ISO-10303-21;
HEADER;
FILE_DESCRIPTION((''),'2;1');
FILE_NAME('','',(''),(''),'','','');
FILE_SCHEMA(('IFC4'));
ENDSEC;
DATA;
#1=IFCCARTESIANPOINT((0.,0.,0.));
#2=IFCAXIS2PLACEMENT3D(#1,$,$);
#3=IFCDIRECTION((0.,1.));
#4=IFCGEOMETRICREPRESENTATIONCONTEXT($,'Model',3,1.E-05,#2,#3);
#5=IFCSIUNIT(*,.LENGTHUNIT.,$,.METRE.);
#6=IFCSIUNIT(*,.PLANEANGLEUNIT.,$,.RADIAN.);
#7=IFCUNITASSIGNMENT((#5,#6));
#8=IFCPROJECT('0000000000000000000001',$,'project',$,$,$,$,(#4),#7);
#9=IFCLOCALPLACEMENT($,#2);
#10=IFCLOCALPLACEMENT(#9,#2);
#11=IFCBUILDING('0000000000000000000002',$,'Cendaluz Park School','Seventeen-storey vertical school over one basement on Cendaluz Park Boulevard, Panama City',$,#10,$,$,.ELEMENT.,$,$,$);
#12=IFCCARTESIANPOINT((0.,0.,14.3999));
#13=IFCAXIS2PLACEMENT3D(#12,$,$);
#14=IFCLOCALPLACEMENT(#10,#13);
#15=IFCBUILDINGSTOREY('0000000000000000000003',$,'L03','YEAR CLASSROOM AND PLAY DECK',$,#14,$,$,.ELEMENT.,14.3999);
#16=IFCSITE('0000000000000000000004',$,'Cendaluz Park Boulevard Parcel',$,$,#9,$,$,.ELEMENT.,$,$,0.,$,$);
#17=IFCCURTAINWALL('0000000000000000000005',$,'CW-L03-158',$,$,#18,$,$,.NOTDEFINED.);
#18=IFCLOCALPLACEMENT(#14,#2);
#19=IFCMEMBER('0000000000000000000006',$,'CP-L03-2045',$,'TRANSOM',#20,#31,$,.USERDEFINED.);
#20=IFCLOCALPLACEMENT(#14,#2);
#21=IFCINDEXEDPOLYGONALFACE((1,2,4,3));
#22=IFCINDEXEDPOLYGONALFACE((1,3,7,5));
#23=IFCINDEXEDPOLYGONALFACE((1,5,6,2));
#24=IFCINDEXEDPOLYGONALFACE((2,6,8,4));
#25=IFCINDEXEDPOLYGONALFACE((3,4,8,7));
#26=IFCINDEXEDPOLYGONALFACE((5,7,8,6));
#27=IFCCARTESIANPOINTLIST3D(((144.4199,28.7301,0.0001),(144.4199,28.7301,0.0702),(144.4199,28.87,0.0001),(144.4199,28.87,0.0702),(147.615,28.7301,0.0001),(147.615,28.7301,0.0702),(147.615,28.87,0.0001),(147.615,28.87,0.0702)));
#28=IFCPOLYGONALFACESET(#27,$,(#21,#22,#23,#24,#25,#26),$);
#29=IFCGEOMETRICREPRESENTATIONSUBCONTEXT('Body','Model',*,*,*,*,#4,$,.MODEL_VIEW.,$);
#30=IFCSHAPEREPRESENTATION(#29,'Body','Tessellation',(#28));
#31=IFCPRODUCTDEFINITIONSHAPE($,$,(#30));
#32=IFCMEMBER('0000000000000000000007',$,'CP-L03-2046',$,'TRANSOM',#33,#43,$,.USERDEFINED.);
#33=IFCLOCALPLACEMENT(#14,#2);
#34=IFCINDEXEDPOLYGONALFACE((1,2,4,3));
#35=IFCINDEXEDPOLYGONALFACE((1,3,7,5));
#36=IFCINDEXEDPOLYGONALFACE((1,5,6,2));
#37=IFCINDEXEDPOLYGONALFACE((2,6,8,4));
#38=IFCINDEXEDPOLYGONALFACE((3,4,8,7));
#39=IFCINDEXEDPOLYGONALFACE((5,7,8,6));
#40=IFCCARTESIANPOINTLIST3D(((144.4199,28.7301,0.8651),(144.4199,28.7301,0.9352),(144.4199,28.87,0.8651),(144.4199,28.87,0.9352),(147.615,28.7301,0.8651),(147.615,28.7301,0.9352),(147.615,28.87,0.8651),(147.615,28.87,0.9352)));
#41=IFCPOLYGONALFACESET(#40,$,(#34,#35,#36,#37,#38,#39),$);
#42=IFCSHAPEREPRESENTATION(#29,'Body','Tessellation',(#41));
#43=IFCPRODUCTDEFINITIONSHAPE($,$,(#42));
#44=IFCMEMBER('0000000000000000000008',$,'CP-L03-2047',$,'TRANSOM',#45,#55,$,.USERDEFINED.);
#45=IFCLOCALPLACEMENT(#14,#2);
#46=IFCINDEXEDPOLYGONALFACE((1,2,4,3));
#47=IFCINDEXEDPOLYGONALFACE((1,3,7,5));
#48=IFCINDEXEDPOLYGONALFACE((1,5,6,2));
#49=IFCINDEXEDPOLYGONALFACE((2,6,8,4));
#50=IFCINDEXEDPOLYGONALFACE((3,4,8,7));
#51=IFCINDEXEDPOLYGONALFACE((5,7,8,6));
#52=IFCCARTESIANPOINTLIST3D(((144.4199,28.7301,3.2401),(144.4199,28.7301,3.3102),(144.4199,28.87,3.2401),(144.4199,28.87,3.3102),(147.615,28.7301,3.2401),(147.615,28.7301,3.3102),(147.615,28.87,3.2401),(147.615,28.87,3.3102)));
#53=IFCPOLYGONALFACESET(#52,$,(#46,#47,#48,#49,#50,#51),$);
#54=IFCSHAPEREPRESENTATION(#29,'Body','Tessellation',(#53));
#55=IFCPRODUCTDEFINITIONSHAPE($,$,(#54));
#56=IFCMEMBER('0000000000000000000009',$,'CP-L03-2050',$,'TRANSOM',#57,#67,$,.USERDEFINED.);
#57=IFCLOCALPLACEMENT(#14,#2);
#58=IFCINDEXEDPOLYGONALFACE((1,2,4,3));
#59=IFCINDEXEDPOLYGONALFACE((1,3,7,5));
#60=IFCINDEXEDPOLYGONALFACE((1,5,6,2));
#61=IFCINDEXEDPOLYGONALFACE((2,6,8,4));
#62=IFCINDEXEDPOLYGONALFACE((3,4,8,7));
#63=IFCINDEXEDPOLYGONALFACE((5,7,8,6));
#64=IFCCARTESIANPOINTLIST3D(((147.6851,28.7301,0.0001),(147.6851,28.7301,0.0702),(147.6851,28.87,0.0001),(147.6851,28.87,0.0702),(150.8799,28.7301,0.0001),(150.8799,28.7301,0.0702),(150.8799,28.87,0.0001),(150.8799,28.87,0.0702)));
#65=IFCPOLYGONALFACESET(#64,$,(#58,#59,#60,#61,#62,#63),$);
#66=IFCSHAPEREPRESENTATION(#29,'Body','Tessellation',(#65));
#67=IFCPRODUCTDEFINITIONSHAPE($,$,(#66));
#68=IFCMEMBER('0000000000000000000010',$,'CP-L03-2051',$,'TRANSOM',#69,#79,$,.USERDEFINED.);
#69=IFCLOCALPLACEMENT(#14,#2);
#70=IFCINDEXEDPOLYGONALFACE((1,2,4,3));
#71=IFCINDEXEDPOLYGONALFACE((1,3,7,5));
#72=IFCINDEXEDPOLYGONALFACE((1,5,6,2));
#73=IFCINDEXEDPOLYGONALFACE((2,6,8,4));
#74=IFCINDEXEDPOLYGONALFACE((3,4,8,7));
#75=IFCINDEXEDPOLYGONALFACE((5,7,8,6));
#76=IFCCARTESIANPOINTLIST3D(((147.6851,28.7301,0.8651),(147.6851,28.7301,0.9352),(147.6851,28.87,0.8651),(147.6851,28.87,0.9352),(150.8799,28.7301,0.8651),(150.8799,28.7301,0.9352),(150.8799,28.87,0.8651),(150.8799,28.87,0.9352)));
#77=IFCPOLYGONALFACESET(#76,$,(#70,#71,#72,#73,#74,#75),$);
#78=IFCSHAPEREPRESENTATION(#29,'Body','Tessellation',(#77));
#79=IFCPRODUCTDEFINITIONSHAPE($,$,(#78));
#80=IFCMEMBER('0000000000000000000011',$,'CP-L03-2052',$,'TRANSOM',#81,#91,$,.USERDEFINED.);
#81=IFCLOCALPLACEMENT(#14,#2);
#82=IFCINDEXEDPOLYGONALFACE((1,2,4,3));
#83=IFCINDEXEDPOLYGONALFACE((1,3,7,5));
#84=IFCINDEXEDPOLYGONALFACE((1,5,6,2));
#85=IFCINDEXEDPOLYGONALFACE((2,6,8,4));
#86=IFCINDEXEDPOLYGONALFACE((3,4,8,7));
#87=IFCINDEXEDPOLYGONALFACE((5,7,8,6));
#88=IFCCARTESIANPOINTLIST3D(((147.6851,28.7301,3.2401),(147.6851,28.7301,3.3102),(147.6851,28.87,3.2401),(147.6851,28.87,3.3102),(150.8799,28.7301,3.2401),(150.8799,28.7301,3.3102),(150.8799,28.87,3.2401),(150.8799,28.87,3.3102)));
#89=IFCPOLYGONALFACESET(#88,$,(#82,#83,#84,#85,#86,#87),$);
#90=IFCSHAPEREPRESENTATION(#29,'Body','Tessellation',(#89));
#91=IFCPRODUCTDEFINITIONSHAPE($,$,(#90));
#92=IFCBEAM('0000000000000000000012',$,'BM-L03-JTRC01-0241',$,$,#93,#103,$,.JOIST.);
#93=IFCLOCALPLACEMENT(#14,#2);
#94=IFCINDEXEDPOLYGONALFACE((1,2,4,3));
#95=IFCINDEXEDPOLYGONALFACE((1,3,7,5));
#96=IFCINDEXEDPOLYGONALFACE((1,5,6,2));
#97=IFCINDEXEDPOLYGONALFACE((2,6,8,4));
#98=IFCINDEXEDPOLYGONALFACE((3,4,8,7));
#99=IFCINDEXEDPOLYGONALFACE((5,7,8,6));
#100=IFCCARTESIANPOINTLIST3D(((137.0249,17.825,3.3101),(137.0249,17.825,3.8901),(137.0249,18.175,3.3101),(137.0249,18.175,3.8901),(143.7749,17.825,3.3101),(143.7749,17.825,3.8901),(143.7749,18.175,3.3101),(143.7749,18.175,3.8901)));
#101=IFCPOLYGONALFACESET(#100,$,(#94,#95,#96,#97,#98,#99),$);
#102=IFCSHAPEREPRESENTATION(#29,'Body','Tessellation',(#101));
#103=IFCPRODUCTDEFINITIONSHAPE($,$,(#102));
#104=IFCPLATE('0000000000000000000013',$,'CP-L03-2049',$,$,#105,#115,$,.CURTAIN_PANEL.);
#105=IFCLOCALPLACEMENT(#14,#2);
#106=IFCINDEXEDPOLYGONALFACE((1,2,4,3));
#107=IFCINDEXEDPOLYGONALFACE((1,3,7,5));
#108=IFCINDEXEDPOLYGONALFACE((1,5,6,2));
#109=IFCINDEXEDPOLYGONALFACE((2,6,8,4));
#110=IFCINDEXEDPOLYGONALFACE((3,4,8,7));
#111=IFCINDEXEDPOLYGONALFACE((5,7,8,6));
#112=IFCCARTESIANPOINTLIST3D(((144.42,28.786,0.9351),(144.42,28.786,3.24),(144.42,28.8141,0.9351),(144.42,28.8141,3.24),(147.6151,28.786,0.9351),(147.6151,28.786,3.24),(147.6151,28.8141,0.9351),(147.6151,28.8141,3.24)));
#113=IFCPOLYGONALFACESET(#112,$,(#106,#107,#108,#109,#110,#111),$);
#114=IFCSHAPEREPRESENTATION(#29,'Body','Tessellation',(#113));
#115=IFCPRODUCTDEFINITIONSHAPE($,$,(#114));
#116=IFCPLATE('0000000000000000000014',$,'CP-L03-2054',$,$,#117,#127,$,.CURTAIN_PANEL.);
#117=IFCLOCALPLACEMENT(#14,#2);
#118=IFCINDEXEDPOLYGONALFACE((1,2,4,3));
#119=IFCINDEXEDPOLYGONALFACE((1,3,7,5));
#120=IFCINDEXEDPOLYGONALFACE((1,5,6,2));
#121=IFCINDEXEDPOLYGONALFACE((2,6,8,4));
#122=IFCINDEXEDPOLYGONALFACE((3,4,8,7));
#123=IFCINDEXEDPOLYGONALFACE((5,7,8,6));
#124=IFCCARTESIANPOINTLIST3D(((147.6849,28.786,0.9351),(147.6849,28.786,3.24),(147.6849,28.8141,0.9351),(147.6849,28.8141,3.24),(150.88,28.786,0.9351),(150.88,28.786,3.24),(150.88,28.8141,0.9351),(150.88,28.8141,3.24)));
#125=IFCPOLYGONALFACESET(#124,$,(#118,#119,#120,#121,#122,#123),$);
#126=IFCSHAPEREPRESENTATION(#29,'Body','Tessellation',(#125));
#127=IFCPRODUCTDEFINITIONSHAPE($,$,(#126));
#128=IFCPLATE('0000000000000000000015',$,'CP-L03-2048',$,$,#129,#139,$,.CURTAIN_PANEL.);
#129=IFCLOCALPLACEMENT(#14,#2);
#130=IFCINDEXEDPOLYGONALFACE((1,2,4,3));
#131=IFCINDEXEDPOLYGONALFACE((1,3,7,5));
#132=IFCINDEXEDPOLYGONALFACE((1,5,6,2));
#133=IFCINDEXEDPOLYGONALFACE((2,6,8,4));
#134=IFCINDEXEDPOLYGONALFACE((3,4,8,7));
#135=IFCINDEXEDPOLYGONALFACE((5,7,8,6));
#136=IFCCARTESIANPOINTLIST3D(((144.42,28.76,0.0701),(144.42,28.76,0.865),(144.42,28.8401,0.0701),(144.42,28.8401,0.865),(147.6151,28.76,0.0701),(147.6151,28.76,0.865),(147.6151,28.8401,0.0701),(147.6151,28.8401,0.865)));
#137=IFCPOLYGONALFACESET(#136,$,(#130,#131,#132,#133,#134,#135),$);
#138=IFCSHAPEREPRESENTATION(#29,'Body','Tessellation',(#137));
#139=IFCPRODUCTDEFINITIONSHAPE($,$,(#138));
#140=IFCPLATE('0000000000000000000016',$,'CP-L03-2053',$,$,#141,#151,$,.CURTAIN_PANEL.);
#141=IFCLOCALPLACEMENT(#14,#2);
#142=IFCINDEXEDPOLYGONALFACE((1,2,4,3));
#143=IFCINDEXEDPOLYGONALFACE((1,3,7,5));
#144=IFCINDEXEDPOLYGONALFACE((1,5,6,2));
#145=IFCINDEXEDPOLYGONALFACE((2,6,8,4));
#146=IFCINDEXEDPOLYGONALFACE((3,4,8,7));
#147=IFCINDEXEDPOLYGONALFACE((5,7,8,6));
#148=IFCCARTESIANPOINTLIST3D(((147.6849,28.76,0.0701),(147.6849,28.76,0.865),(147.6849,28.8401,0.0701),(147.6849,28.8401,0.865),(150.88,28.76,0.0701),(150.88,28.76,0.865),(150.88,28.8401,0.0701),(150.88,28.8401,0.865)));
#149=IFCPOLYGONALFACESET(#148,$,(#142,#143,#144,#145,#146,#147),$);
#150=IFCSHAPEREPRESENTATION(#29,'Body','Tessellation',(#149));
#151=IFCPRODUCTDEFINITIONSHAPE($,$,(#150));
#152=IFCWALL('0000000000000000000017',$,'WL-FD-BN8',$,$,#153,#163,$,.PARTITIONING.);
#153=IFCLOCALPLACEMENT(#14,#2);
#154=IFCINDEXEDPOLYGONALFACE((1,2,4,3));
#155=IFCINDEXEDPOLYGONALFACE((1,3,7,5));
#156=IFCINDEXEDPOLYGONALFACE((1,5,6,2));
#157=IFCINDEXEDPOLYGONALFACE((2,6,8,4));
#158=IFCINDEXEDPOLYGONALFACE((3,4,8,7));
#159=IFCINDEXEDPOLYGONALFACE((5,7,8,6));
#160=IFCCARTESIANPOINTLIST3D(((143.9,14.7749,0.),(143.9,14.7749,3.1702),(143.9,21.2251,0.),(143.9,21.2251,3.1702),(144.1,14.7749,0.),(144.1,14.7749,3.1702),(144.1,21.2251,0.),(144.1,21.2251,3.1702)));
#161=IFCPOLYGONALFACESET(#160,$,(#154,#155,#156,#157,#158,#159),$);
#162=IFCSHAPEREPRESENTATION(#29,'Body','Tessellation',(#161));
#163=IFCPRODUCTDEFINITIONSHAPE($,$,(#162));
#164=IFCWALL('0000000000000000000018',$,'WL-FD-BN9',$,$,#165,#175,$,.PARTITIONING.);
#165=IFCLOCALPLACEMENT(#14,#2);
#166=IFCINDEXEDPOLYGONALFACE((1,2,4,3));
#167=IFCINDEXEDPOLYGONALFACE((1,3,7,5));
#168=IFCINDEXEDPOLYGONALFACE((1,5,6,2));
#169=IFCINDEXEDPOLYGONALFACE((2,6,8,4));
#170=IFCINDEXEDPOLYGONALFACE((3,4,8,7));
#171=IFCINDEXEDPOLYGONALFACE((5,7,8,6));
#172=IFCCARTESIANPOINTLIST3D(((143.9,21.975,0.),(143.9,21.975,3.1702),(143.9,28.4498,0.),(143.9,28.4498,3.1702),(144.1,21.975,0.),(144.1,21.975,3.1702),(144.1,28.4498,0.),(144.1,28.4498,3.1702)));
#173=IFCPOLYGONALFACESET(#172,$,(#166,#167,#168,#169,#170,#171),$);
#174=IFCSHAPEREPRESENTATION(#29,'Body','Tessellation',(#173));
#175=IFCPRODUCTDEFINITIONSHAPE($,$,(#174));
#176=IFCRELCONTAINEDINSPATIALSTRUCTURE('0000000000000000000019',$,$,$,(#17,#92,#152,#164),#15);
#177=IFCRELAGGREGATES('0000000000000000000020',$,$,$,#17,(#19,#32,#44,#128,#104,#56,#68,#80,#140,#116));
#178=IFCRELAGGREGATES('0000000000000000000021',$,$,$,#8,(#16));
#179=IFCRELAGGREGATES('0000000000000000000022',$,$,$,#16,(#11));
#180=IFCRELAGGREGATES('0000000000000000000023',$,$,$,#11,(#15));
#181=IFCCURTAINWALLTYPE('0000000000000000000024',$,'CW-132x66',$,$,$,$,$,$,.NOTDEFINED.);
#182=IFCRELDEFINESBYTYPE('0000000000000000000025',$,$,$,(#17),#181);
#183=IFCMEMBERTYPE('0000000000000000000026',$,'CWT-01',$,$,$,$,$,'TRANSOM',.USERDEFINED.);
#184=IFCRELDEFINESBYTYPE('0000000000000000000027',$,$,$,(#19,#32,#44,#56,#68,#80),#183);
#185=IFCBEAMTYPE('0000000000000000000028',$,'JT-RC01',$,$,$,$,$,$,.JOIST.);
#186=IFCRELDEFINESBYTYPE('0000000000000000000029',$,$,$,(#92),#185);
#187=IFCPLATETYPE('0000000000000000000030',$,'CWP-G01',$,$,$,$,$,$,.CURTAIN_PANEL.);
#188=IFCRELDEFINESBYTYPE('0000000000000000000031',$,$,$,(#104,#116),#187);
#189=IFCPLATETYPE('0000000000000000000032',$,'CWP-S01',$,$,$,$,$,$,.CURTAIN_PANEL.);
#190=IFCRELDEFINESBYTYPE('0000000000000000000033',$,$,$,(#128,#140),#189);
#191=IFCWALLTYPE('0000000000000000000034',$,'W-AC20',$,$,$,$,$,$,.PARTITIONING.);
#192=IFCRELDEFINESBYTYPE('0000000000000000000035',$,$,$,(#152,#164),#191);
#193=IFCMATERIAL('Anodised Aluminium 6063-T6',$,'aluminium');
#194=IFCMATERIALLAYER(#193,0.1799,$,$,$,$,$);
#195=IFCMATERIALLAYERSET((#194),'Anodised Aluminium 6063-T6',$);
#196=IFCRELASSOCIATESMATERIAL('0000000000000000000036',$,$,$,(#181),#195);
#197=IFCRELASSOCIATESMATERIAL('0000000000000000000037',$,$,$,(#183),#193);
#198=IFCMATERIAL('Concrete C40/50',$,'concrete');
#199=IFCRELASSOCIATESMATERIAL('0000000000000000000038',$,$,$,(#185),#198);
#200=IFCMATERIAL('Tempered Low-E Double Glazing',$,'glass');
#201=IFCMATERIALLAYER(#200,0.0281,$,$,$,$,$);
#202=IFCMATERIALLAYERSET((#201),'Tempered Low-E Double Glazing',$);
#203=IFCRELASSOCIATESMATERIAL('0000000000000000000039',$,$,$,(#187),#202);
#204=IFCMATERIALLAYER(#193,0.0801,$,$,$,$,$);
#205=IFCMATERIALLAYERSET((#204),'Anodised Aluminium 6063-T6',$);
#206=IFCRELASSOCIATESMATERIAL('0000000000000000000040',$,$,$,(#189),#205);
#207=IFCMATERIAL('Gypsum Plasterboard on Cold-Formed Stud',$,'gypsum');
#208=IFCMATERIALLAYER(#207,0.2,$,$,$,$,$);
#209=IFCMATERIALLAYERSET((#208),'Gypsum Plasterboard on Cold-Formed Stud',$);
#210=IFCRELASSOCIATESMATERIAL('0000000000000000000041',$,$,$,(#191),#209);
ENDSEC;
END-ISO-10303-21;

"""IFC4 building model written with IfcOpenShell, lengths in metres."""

from ifc_helpers import new_model, si_unit, direction, frame, frame_2d, origin, origin_2d, place, context, subcontext, project, spatial, rectangle, extrude, material, layer, layer_set, material_profile, profile_set, type_object, element, aggregate, save


model = new_model("IFC4")

# Units and contexts
model_context = context("Model", 3, precision=1e-05, world=origin(), true_north=direction((0.0, 1.0)))
body_context = subcontext(model_context, "Body", "Model", "MODEL_VIEW")
ifc_project = project(units=[si_unit("LENGTHUNIT", "METRE"), si_unit("PLANEANGLEUNIT", "RADIAN")], contexts=[model_context])

# Site, building, storey
site_placement = place(None, origin())
site = spatial("IfcSite", under=ifc_project, at=site_placement, Name="Cendaluz Park Boulevard Parcel", CompositionType="ELEMENT", RefElevation=0.0)
building_placement = place(site_placement, origin())
building = spatial("IfcBuilding", under=site, at=building_placement, Name="Cendaluz Park School", Description="Seventeen-storey vertical school over one basement on Cendaluz Park Boulevard, Panama City", CompositionType="ELEMENT")
storey_placement = place(building_placement, frame((0.0, 0.0, 14.3999)))
storey = spatial("IfcBuildingStorey", under=building, at=storey_placement, Name="L03", Description="YEAR CLASSROOM AND PLAY DECK", CompositionType="ELEMENT", Elevation=14.3999)

# Shared definitions
ifc_material_1 = material(Name="Concrete C40/50", Category="concrete")

# Curtain wall, members
ifc_material_2 = material(Name="Anodised Aluminium 6063-T6", Category="aluminium")
ifc_layer_1 = layer(ifc_material_2, 0.1799)
ifc_layer_set_1 = layer_set([ifc_layer_1], Name="Anodised Aluminium 6063-T6")
curtain_wall_type = type_object("IfcCurtainWallType", Name="CW-132x66", PredefinedType="NOTDEFINED", material=ifc_layer_set_1)
curtain_wall_placement = place(storey_placement, origin())
curtain_wall = element("IfcCurtainWall", 1, at=curtain_wall_placement, inside=storey, type_object=curtain_wall_type, Name="CW-L03-158", PredefinedType="NOTDEFINED")
ifc_material_profile_1 = material_profile(ifc_material_2, rectangle(XDim=0.1399, YDim=0.0701, at=origin_2d()), Name="CWT 140x70", Category="aluminium")
ifc_profile_set_1 = profile_set([ifc_material_profile_1], Name="Anodised Aluminium 6063-T6")
member_type_1 = type_object("IfcMemberType", Name="CWT-01", ElementType="TRANSOM", PredefinedType="USERDEFINED", material=ifc_profile_set_1)
member_1_placement = place(storey_placement, frame((144.4199, 28.8, 0.0352), z_axis=(1.0, 0.0, 0.0), x_axis=(0.0, 1.0, 0.0)))
member_1 = element("IfcMember", 2, at=member_1_placement, type_object=member_type_1, Name="CP-L03-2045", ObjectType="TRANSOM", PredefinedType="USERDEFINED", context=body_context, shape_type="SweptSolid", body=[
    extrude(rectangle(XDim=0.1399, YDim=0.0701, at=origin_2d()), origin(), (0.0, 0.0, 1.0), 3.1951),
])
member_2_placement = place(storey_placement, frame((144.4199, 28.8, 0.9001), z_axis=(1.0, 0.0, 0.0), x_axis=(0.0, 1.0, 0.0)))
member_2 = element("IfcMember", 3, at=member_2_placement, type_object=member_type_1, Name="CP-L03-2046", ObjectType="TRANSOM", PredefinedType="USERDEFINED", context=body_context, shape_type="SweptSolid", body=[
    extrude(rectangle(XDim=0.1399, YDim=0.0701, at=origin_2d()), origin(), (0.0, 0.0, 1.0), 3.1951),
])
member_3_placement = place(storey_placement, frame((144.4199, 28.8, 3.2751), z_axis=(1.0, 0.0, 0.0), x_axis=(0.0, 1.0, 0.0)))
member_3 = element("IfcMember", 4, at=member_3_placement, type_object=member_type_1, Name="CP-L03-2047", ObjectType="TRANSOM", PredefinedType="USERDEFINED", context=body_context, shape_type="SweptSolid", body=[
    extrude(rectangle(XDim=0.1399, YDim=0.0701, at=origin_2d()), origin(), (0.0, 0.0, 1.0), 3.1951),
])
member_4_placement = place(storey_placement, frame((147.6851, 28.8, 0.0352), z_axis=(1.0, 0.0, 0.0), x_axis=(0.0, 1.0, 0.0)))
member_4 = element("IfcMember", 5, at=member_4_placement, type_object=member_type_1, Name="CP-L03-2050", ObjectType="TRANSOM", PredefinedType="USERDEFINED", context=body_context, shape_type="SweptSolid", body=[
    extrude(rectangle(XDim=0.1399, YDim=0.0701, at=origin_2d()), origin(), (0.0, 0.0, 1.0), 3.1948),
])
member_5_placement = place(storey_placement, frame((147.6851, 28.8, 0.9001), z_axis=(1.0, 0.0, 0.0), x_axis=(0.0, 1.0, 0.0)))
member_5 = element("IfcMember", 6, at=member_5_placement, type_object=member_type_1, Name="CP-L03-2051", ObjectType="TRANSOM", PredefinedType="USERDEFINED", context=body_context, shape_type="SweptSolid", body=[
    extrude(rectangle(XDim=0.1399, YDim=0.0701, at=origin_2d()), origin(), (0.0, 0.0, 1.0), 3.1948),
])
member_6_placement = place(storey_placement, frame((147.6851, 28.8, 3.2751), z_axis=(1.0, 0.0, 0.0), x_axis=(0.0, 1.0, 0.0)))
member_6 = element("IfcMember", 7, at=member_6_placement, type_object=member_type_1, Name="CP-L03-2052", ObjectType="TRANSOM", PredefinedType="USERDEFINED", context=body_context, shape_type="SweptSolid", body=[
    extrude(rectangle(XDim=0.1399, YDim=0.0701, at=origin_2d()), origin(), (0.0, 0.0, 1.0), 3.1948),
])

# Beam
ifc_material_profile_2 = material_profile(ifc_material_1, rectangle(XDim=0.3501, YDim=0.5801, at=origin_2d()), Name="RC 350x580", Category="concrete")
ifc_profile_set_2 = profile_set([ifc_material_profile_2], Name="Concrete C40/50")
beam_type_1 = type_object("IfcBeamType", Name="JT-RC01", PredefinedType="JOIST", material=ifc_profile_set_2)
beam_1_placement = place(storey_placement, frame((137.0249, 18.0, 3.6001), z_axis=(1.0, 0.0, 0.0), x_axis=(0.0, 1.0, 0.0)))
element("IfcBeam", 8, at=beam_1_placement, inside=storey, type_object=beam_type_1, Name="BM-L03-JTRC01-0241", PredefinedType="JOIST", context=body_context, shape_type="SweptSolid", body=[
    extrude(rectangle(XDim=0.3501, YDim=0.5801, at=origin_2d()), origin(), (0.0, 0.0, 1.0), 6.75),
])

# Plates
ifc_material_3 = material(Name="Tempered Low-E Double Glazing", Category="glass")
ifc_layer_2 = layer(ifc_material_3, 0.0281)
ifc_layer_set_2 = layer_set([ifc_layer_2], Name="Tempered Low-E Double Glazing")
plate_type_1 = type_object("IfcPlateType", Name="CWP-G01", PredefinedType="CURTAIN_PANEL", material=ifc_layer_set_2)
plate_1_placement = place(storey_placement, frame((146.0176, 28.8, 0.9351), z_axis=(0.0, 0.0, 1.0), x_axis=(1.0, 0.0, 0.0)))
plate_1 = element("IfcPlate", 9, at=plate_1_placement, type_object=plate_type_1, Name="CP-L03-2049", PredefinedType="CURTAIN_PANEL", context=body_context, shape_type="SweptSolid", body=[
    extrude(rectangle(XDim=3.1951, YDim=0.0281, at=origin_2d()), origin(), (0.0, 0.0, 1.0), 2.3049),
])
plate_2_placement = place(storey_placement, frame((149.2825, 28.8, 0.9351), z_axis=(0.0, 0.0, 1.0), x_axis=(1.0, 0.0, 0.0)))
plate_2 = element("IfcPlate", 10, at=plate_2_placement, type_object=plate_type_1, Name="CP-L03-2054", PredefinedType="CURTAIN_PANEL", context=body_context, shape_type="SweptSolid", body=[
    extrude(rectangle(XDim=3.1951, YDim=0.0281, at=origin_2d()), origin(), (0.0, 0.0, 1.0), 2.3049),
])
ifc_layer_3 = layer(ifc_material_2, 0.0801)
ifc_layer_set_3 = layer_set([ifc_layer_3], Name="Anodised Aluminium 6063-T6")
plate_type_2 = type_object("IfcPlateType", Name="CWP-S01", PredefinedType="CURTAIN_PANEL", material=ifc_layer_set_3)
plate_3_placement = place(storey_placement, frame((146.0176, 28.8, 0.0701), z_axis=(0.0, 0.0, 1.0), x_axis=(1.0, 0.0, 0.0)))
plate_3 = element("IfcPlate", 11, at=plate_3_placement, type_object=plate_type_2, Name="CP-L03-2048", PredefinedType="CURTAIN_PANEL", context=body_context, shape_type="SweptSolid", body=[
    extrude(rectangle(XDim=3.1951, YDim=0.0801, at=origin_2d()), origin(), (0.0, 0.0, 1.0), 0.7949),
])
plate_4_placement = place(storey_placement, frame((149.2825, 28.8, 0.0701), z_axis=(0.0, 0.0, 1.0), x_axis=(1.0, 0.0, 0.0)))
plate_4 = element("IfcPlate", 12, at=plate_4_placement, type_object=plate_type_2, Name="CP-L03-2053", PredefinedType="CURTAIN_PANEL", context=body_context, shape_type="SweptSolid", body=[
    extrude(rectangle(XDim=3.1951, YDim=0.0801, at=origin_2d()), origin(), (0.0, 0.0, 1.0), 0.7949),
])
aggregate(curtain_wall, [member_1, member_2, member_3, plate_3, plate_1, member_4, member_5, member_6, plate_4, plate_2])

# Walls
ifc_material_4 = material(Name="Gypsum Plasterboard on Cold-Formed Stud", Category="gypsum")
ifc_layer_4 = layer(ifc_material_4, 0.2)
ifc_layer_set_4 = layer_set([ifc_layer_4], Name="Gypsum Plasterboard on Cold-Formed Stud")
wall_type_1 = type_object("IfcWallType", Name="W-AC20", PredefinedType="PARTITIONING", material=ifc_layer_set_4)
wall_1_placement = place(storey_placement, frame((144.0, 14.7749, 0.0), z_axis=(0.0, 0.0, 1.0), x_axis=(0.0, 1.0, 0.0)))
element("IfcWall", 13, at=wall_1_placement, inside=storey, type_object=wall_type_1, Name="WL-FD-BN8", PredefinedType="PARTITIONING", context=body_context, shape_type="SweptSolid", body=[
    extrude(rectangle(XDim=6.4502, YDim=0.2, at=frame_2d((3.2251, 0.0))), origin(), (0.0, 0.0, 1.0), 3.1702),
])
wall_2_placement = place(storey_placement, frame((144.0, 21.9751, 0.0), z_axis=(0.0, 0.0, 1.0), x_axis=(0.0, 1.0, 0.0)))
element("IfcWall", 14, at=wall_2_placement, inside=storey, type_object=wall_type_1, Name="WL-FD-BN9", PredefinedType="PARTITIONING", context=body_context, shape_type="SweptSolid", body=[
    extrude(rectangle(XDim=6.4749, YDim=0.2, at=frame_2d((3.2373, 0.0))), origin(), (0.0, 0.0, 1.0), 3.1702),
])

save(model, "model.ifc")
